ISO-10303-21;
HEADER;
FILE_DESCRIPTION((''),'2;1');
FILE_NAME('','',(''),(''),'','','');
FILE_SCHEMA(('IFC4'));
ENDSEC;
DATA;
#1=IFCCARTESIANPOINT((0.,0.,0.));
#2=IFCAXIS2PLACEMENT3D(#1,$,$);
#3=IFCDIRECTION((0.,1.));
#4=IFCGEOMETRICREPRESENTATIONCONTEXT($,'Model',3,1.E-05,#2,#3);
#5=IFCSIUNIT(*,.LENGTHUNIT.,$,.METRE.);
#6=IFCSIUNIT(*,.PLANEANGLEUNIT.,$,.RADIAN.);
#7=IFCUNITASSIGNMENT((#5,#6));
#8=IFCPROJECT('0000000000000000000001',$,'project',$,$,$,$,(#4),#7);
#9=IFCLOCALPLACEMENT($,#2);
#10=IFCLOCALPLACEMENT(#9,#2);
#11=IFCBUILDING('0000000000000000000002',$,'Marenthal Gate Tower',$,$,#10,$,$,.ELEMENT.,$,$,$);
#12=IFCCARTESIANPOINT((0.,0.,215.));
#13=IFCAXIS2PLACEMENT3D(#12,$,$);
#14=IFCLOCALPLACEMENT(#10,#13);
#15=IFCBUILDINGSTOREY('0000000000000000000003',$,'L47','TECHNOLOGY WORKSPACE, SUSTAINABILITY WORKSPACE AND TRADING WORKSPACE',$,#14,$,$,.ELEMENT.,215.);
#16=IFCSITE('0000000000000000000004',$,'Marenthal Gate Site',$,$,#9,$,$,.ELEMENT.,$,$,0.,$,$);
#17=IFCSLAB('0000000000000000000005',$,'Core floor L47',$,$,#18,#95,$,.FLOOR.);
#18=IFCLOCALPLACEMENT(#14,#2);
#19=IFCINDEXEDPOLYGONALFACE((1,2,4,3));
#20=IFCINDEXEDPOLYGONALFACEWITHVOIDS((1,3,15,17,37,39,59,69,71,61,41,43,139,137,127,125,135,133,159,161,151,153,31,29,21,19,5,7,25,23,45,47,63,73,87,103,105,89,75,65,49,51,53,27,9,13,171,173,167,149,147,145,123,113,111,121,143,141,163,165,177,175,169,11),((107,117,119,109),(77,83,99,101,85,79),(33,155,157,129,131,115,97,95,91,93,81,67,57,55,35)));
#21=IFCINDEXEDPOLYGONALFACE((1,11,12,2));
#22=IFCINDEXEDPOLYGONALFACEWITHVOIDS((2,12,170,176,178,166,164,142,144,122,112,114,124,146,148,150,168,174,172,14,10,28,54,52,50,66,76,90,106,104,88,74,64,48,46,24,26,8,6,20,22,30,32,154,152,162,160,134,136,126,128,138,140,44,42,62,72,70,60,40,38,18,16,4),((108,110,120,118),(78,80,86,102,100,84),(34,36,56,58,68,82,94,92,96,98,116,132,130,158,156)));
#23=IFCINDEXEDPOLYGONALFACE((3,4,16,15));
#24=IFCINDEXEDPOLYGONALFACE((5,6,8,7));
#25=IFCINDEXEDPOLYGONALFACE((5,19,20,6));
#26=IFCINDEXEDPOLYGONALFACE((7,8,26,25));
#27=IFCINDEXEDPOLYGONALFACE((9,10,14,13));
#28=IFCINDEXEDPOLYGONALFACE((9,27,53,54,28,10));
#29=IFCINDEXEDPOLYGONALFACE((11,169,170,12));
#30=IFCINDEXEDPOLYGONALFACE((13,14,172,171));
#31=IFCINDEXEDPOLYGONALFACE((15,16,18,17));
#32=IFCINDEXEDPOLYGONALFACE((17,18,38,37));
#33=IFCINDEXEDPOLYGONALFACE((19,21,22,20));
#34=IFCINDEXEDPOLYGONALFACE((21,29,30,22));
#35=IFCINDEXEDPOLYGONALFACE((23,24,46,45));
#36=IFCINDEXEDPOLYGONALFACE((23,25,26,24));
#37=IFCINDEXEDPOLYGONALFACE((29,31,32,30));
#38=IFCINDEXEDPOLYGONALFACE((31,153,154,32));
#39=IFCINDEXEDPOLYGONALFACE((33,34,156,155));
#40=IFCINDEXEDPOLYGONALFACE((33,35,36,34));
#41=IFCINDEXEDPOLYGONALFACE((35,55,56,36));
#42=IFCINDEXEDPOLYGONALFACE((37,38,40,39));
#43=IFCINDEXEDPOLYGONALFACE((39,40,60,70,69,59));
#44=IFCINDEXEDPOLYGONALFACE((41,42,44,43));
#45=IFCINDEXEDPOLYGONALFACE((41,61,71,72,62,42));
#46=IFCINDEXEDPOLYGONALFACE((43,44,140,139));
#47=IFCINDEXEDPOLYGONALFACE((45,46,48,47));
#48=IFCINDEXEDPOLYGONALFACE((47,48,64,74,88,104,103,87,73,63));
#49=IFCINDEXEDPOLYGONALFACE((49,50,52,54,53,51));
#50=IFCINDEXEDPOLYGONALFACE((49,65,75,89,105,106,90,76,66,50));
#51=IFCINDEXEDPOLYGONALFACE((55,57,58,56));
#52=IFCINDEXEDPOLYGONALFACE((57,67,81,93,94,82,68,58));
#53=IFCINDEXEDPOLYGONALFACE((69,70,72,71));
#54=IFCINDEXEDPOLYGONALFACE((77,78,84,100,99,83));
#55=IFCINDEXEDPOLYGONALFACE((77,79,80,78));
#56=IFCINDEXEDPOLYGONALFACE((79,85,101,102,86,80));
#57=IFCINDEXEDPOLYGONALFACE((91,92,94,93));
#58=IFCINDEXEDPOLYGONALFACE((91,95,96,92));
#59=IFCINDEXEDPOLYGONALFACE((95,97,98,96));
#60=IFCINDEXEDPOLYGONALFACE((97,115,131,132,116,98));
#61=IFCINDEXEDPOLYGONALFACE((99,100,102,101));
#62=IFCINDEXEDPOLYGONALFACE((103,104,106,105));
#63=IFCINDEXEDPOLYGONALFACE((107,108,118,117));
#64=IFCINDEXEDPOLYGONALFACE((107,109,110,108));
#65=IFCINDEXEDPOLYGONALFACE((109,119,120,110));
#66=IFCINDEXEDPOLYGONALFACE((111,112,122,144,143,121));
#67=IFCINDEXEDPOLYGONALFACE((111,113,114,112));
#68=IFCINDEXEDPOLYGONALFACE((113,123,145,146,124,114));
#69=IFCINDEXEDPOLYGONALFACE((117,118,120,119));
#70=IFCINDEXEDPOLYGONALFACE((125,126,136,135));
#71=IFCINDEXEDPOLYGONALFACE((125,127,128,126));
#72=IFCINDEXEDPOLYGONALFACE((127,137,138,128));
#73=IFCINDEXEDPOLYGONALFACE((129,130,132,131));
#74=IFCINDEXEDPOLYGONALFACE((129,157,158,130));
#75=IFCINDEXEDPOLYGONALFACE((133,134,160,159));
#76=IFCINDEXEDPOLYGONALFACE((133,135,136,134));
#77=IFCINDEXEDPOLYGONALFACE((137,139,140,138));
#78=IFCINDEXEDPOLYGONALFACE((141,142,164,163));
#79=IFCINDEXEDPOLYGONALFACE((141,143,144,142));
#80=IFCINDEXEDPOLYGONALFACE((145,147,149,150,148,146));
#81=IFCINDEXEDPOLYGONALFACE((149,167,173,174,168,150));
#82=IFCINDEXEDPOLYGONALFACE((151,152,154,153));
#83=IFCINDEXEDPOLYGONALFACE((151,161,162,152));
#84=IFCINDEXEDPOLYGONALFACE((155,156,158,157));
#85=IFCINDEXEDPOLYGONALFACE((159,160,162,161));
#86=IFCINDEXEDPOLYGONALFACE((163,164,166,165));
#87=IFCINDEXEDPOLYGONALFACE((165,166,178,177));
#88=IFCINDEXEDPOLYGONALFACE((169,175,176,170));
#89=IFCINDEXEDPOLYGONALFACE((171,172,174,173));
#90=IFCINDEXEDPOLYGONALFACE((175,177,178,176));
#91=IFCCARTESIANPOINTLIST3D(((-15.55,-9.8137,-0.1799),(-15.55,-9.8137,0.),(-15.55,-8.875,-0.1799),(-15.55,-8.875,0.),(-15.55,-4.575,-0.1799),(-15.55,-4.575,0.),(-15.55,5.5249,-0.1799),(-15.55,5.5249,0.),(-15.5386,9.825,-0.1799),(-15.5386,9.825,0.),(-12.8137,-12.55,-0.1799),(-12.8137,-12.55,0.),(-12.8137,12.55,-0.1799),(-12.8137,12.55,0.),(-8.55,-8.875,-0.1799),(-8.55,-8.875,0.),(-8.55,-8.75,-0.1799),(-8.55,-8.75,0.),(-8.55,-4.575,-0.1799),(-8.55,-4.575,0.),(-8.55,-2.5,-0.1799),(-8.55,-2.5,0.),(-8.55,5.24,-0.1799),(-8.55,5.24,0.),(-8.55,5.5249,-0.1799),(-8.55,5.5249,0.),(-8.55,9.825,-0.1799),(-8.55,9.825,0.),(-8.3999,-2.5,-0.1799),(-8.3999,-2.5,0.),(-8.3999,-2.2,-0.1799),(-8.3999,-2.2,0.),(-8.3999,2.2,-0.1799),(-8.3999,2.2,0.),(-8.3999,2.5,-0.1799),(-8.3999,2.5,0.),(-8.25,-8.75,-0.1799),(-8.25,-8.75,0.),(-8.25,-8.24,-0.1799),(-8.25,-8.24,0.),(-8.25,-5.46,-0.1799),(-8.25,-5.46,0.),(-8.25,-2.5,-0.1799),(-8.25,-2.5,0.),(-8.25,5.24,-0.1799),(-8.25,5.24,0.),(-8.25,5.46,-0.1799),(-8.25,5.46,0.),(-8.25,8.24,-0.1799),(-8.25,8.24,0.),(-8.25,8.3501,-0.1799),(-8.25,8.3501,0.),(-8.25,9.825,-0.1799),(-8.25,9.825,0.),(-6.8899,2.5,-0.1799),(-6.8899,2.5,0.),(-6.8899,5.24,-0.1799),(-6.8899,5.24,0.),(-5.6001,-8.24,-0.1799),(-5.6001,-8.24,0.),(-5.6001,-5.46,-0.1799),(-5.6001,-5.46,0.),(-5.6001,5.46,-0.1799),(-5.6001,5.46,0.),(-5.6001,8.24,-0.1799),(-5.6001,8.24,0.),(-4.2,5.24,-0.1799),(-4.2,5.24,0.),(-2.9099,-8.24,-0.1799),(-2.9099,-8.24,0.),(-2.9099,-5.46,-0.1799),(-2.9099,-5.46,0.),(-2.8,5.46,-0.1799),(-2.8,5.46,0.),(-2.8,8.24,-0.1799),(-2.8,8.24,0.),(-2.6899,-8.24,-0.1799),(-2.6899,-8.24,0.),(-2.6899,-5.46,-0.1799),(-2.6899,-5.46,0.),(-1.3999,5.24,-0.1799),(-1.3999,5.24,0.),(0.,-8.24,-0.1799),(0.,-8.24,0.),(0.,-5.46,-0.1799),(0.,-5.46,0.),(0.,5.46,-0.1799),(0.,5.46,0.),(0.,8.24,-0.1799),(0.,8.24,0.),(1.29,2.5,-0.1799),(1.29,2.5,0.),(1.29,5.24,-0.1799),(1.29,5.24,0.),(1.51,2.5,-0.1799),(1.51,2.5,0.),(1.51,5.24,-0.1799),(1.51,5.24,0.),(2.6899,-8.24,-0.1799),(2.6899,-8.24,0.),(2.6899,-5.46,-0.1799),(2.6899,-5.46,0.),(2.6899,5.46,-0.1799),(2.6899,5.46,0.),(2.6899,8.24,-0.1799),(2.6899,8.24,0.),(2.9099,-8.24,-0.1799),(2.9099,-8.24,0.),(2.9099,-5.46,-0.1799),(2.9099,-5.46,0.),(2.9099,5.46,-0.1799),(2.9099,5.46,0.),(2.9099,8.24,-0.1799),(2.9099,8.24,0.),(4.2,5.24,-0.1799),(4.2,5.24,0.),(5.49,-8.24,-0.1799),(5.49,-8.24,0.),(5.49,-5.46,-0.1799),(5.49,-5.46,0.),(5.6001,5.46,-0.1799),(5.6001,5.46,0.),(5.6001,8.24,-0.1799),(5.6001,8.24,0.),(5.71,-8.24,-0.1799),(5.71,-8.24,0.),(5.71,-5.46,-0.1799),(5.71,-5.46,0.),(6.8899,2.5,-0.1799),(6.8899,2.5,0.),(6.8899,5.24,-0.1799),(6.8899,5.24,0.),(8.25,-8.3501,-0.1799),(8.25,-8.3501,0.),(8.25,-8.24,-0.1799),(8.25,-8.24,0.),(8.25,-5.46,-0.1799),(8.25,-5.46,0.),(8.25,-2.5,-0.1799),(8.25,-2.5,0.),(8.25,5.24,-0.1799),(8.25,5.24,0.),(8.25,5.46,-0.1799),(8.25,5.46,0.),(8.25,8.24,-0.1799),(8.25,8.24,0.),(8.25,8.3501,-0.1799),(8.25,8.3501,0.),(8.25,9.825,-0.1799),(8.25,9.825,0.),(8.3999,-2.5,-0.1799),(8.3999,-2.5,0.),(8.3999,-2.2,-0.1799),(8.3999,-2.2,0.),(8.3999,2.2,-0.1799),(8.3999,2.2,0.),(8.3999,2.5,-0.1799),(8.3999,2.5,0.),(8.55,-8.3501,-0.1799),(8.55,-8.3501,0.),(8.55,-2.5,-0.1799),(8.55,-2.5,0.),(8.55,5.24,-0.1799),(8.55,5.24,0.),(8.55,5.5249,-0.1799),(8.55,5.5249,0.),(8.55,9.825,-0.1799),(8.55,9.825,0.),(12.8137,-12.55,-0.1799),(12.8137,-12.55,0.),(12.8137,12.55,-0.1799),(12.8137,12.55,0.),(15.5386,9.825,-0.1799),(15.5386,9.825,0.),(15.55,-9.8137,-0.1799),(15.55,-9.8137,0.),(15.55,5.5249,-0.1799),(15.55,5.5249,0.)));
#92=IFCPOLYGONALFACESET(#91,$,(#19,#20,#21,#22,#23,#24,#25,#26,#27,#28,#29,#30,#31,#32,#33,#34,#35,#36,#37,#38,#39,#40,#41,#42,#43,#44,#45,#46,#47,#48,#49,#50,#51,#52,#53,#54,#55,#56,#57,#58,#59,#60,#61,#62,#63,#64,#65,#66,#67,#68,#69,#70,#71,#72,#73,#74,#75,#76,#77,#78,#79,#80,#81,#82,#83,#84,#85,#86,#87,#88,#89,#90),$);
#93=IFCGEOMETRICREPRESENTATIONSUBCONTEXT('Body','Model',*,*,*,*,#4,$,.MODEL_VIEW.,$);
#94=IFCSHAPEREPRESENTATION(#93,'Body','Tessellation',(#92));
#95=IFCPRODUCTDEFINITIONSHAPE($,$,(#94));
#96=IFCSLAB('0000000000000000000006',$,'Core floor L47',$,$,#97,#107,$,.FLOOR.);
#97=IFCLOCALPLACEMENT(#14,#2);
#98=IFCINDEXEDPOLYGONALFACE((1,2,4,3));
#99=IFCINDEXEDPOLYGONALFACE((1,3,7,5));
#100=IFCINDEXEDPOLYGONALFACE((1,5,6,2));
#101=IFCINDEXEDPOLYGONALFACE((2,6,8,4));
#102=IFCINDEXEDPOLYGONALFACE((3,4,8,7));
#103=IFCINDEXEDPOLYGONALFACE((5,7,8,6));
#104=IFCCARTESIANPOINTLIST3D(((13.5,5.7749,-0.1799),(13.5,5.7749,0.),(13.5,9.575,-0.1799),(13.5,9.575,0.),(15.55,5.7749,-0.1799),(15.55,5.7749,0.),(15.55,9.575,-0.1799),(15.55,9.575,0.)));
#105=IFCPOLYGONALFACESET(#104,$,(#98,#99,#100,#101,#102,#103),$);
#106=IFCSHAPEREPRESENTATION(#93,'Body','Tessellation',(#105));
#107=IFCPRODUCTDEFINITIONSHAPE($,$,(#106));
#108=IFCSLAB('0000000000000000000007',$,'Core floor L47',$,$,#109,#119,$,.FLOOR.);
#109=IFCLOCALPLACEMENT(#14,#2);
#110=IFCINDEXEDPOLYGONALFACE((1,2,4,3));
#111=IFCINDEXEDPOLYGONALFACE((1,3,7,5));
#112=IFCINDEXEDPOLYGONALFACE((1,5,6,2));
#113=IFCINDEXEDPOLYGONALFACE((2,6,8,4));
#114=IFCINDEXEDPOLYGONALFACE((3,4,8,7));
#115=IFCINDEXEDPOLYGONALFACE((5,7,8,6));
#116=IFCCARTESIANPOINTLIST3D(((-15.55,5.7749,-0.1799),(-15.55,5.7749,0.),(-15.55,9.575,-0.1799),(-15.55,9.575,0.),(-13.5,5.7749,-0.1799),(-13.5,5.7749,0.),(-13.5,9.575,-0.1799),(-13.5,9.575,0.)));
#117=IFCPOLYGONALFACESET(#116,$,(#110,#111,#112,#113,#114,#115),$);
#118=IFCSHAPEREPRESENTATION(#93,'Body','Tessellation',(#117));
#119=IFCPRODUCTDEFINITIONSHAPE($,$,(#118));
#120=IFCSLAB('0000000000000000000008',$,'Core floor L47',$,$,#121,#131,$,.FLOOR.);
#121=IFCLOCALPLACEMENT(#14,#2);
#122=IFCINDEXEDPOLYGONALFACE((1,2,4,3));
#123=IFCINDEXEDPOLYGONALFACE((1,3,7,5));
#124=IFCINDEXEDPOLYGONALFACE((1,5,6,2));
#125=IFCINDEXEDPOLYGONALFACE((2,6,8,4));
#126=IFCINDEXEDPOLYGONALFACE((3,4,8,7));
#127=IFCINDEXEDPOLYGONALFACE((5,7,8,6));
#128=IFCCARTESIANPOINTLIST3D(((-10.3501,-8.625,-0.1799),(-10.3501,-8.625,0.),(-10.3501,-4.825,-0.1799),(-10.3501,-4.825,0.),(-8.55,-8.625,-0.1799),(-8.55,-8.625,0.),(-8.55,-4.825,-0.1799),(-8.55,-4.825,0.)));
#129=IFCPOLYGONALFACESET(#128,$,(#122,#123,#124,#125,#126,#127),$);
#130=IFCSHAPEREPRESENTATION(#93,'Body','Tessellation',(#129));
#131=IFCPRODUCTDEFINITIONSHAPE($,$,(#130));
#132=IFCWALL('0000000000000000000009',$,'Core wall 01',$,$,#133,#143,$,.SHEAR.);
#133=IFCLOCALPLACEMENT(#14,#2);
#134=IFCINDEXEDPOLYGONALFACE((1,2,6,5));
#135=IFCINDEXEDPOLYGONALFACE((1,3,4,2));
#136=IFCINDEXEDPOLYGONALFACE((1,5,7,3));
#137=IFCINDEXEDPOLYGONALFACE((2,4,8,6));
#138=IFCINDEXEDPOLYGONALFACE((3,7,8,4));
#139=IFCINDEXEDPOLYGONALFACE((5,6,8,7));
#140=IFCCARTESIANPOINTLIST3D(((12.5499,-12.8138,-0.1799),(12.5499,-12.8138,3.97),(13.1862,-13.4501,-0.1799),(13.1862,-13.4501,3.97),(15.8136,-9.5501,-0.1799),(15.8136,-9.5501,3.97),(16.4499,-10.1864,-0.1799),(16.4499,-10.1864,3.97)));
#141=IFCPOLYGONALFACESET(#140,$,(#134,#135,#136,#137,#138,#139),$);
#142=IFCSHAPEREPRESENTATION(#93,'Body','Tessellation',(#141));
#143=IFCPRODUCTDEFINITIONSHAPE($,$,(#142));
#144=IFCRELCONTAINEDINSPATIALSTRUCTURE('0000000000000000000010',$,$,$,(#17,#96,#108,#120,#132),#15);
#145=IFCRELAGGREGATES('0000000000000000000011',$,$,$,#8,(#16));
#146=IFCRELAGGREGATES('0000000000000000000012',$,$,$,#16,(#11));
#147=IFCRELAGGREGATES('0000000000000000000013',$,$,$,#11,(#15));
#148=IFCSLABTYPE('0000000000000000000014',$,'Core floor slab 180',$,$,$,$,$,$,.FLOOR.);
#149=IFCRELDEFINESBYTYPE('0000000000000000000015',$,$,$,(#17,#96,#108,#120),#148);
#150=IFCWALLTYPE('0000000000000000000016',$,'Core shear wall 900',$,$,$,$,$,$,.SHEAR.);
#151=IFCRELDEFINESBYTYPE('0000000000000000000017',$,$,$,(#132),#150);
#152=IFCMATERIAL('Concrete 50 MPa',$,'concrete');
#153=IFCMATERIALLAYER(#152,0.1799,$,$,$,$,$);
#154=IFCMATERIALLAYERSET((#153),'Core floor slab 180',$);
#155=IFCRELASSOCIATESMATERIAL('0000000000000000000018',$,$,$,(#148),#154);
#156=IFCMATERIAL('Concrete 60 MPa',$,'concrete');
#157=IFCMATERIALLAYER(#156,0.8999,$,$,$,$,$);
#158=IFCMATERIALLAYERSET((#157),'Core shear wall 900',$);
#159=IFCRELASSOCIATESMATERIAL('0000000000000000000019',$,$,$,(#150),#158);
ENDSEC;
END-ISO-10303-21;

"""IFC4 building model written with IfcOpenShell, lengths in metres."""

from ifc_helpers import new_model, si_unit, direction, frame, frame_2d, origin, place, context, subcontext, project, spatial, polyline, rectangle, outline, extrude, material, layer, layer_set, type_object, element, save


model = new_model("IFC4")

# Units and contexts
model_context = context("Model", 3, precision=1e-05, world=origin(), true_north=direction((0.0, 1.0)))
body_context = subcontext(model_context, "Body", "Model", "MODEL_VIEW")
ifc_project = project(units=[si_unit("LENGTHUNIT", "METRE"), si_unit("PLANEANGLEUNIT", "RADIAN")], contexts=[model_context])

# Site, building, storey
site_placement = place(None, origin())
site = spatial("IfcSite", under=ifc_project, at=site_placement, Name="Marenthal Gate Site", CompositionType="ELEMENT", RefElevation=0.0)
building_placement = place(site_placement, origin())
building = spatial("IfcBuilding", under=site, at=building_placement, Name="Marenthal Gate Tower", CompositionType="ELEMENT")
storey_placement = place(building_placement, frame((0.0, 0.0, 215.0)))
storey = spatial("IfcBuildingStorey", under=building, at=storey_placement, Name="L47", Description="TECHNOLOGY WORKSPACE, SUSTAINABILITY WORKSPACE AND TRADING WORKSPACE", CompositionType="ELEMENT", Elevation=215.0)

# Slabs
ifc_material_1 = material(Name="Concrete 50 MPa", Category="concrete")
ifc_layer_1 = layer(ifc_material_1, 0.1799)
ifc_layer_set_1 = layer_set([ifc_layer_1], Name="Core floor slab 180")
slab_type = type_object("IfcSlabType", Name="Core floor slab 180", PredefinedType="FLOOR", material=ifc_layer_set_1)
slab_1_placement = place(storey_placement, frame((0.0, 0.0, -0.1799)))
element("IfcSlab", 1, at=slab_1_placement, inside=storey, type_object=slab_type, Name="Core floor L47", PredefinedType="FLOOR", context=body_context, shape_type="SweptSolid", body=[
    extrude(outline(polyline([(12.8137, -12.55), (-12.8137, -12.55), (-15.55, -9.8137), (-15.55, -8.875), (-8.55, -8.875), (-8.55, -8.75), (-8.25, -8.75), (-8.25, -8.24), (-5.6001, -8.24), (-2.9099, -8.24), (-2.9099, -5.46), (-5.6001, -5.46), (-8.25, -5.46), (-8.25, -2.5), (8.25, -2.5), (8.25, -5.46), (5.71, -5.46), (5.71, -8.24), (8.25, -8.24), (8.25, -8.3501), (8.55, -8.3501), (8.55, -2.5), (8.3999, -2.5), (8.3999, -2.2), (-8.3999, -2.2), (-8.3999, -2.5), (-8.55, -2.5), (-8.55, -4.575), (-15.55, -4.575), (-15.55, 5.5249), (-8.55, 5.5249), (-8.55, 5.24), (-8.25, 5.24), (-8.25, 5.46), (-5.6001, 5.46), (-2.8, 5.46), (0.0, 5.46), (2.6899, 5.46), (2.6899, 8.24), (0.0, 8.24), (-2.8, 8.24), (-5.6001, 8.24), (-8.25, 8.24), (-8.25, 8.3501), (-8.25, 9.825), (-8.55, 9.825), (-15.5386, 9.825), (-12.8137, 12.55), (12.8137, 12.55), (15.5386, 9.825), (8.55, 9.825), (8.25, 9.825), (8.25, 8.3501), (8.25, 8.24), (5.6001, 8.24), (2.9099, 8.24), (2.9099, 5.46), (5.6001, 5.46), (8.25, 5.46), (8.25, 5.24), (8.55, 5.24), (8.55, 5.5249), (15.55, 5.5249), (15.55, -9.8137), (12.8137, -12.55)]), holes=[polyline([(2.6899, -8.24), (2.6899, -5.46), (0.0, -5.46), (-2.6899, -5.46), (-2.6899, -8.24), (0.0, -8.24), (2.6899, -8.24)]), polyline([(-6.8899, 5.24), (-6.8899, 2.5), (-8.3999, 2.5), (-8.3999, 2.2), (8.3999, 2.2), (8.3999, 2.5), (6.8899, 2.5), (6.8899, 5.24), (4.2, 5.24), (1.51, 5.24), (1.51, 2.5), (1.29, 2.5), (1.29, 5.24), (-1.3999, 5.24), (-4.2, 5.24), (-6.8899, 5.24)]), polyline([(5.49, -8.24), (5.49, -5.46), (2.9099, -5.46), (2.9099, -8.24), (5.49, -8.24)])]), origin(), (0.0, 0.0, 1.0), 0.1799),
])
slab_2_placement = place(storey_placement, frame((0.0, 0.0, -0.1799)))
element("IfcSlab", 2, at=slab_2_placement, inside=storey, type_object=slab_type, Name="Core floor L47", PredefinedType="FLOOR", context=body_context, shape_type="SweptSolid", body=[
    extrude(outline(polyline([(15.55, 5.7749), (13.5, 5.7749), (13.5, 9.575), (15.55, 9.575), (15.55, 5.7749)])), origin(), (0.0, 0.0, 1.0), 0.1799),
])
slab_3_placement = place(storey_placement, frame((0.0, 0.0, -0.1799)))
element("IfcSlab", 3, at=slab_3_placement, inside=storey, type_object=slab_type, Name="Core floor L47", PredefinedType="FLOOR", context=body_context, shape_type="SweptSolid", body=[
    extrude(outline(polyline([(-15.55, 9.575), (-13.5, 9.575), (-13.5, 5.7749), (-15.55, 5.7749), (-15.55, 9.575)])), origin(), (0.0, 0.0, 1.0), 0.1799),
])
slab_4_placement = place(storey_placement, frame((0.0, 0.0, -0.1799)))
element("IfcSlab", 4, at=slab_4_placement, inside=storey, type_object=slab_type, Name="Core floor L47", PredefinedType="FLOOR", context=body_context, shape_type="SweptSolid", body=[
    extrude(outline(polyline([(-8.55, -8.625), (-10.3501, -8.625), (-10.3501, -4.825), (-8.55, -4.825), (-8.55, -8.625)])), origin(), (0.0, 0.0, 1.0), 0.1799),
])

# Wall
ifc_material_2 = material(Name="Concrete 60 MPa", Category="concrete")
ifc_layer_2 = layer(ifc_material_2, 0.8999)
ifc_layer_set_2 = layer_set([ifc_layer_2], Name="Core shear wall 900")
wall_type_1 = type_object("IfcWallType", Name="Core shear wall 900", PredefinedType="SHEAR", material=ifc_layer_set_2)
wall_1_placement = place(storey_placement, frame((12.8682, -13.1318, -0.1799), z_axis=(0.0, 0.0, 1.0), x_axis=(0.707107, 0.707107, 0.0)))
element("IfcWall", 5, at=wall_1_placement, inside=storey, type_object=wall_type_1, Name="Core wall 01", PredefinedType="SHEAR", context=body_context, shape_type="SweptSolid", body=[
    extrude(rectangle(XDim=4.6155, YDim=0.8999, at=frame_2d((2.3076, 0.0))), origin(), (0.0, 0.0, 1.0), 4.1499),
])

save(model, "model.ifc")
